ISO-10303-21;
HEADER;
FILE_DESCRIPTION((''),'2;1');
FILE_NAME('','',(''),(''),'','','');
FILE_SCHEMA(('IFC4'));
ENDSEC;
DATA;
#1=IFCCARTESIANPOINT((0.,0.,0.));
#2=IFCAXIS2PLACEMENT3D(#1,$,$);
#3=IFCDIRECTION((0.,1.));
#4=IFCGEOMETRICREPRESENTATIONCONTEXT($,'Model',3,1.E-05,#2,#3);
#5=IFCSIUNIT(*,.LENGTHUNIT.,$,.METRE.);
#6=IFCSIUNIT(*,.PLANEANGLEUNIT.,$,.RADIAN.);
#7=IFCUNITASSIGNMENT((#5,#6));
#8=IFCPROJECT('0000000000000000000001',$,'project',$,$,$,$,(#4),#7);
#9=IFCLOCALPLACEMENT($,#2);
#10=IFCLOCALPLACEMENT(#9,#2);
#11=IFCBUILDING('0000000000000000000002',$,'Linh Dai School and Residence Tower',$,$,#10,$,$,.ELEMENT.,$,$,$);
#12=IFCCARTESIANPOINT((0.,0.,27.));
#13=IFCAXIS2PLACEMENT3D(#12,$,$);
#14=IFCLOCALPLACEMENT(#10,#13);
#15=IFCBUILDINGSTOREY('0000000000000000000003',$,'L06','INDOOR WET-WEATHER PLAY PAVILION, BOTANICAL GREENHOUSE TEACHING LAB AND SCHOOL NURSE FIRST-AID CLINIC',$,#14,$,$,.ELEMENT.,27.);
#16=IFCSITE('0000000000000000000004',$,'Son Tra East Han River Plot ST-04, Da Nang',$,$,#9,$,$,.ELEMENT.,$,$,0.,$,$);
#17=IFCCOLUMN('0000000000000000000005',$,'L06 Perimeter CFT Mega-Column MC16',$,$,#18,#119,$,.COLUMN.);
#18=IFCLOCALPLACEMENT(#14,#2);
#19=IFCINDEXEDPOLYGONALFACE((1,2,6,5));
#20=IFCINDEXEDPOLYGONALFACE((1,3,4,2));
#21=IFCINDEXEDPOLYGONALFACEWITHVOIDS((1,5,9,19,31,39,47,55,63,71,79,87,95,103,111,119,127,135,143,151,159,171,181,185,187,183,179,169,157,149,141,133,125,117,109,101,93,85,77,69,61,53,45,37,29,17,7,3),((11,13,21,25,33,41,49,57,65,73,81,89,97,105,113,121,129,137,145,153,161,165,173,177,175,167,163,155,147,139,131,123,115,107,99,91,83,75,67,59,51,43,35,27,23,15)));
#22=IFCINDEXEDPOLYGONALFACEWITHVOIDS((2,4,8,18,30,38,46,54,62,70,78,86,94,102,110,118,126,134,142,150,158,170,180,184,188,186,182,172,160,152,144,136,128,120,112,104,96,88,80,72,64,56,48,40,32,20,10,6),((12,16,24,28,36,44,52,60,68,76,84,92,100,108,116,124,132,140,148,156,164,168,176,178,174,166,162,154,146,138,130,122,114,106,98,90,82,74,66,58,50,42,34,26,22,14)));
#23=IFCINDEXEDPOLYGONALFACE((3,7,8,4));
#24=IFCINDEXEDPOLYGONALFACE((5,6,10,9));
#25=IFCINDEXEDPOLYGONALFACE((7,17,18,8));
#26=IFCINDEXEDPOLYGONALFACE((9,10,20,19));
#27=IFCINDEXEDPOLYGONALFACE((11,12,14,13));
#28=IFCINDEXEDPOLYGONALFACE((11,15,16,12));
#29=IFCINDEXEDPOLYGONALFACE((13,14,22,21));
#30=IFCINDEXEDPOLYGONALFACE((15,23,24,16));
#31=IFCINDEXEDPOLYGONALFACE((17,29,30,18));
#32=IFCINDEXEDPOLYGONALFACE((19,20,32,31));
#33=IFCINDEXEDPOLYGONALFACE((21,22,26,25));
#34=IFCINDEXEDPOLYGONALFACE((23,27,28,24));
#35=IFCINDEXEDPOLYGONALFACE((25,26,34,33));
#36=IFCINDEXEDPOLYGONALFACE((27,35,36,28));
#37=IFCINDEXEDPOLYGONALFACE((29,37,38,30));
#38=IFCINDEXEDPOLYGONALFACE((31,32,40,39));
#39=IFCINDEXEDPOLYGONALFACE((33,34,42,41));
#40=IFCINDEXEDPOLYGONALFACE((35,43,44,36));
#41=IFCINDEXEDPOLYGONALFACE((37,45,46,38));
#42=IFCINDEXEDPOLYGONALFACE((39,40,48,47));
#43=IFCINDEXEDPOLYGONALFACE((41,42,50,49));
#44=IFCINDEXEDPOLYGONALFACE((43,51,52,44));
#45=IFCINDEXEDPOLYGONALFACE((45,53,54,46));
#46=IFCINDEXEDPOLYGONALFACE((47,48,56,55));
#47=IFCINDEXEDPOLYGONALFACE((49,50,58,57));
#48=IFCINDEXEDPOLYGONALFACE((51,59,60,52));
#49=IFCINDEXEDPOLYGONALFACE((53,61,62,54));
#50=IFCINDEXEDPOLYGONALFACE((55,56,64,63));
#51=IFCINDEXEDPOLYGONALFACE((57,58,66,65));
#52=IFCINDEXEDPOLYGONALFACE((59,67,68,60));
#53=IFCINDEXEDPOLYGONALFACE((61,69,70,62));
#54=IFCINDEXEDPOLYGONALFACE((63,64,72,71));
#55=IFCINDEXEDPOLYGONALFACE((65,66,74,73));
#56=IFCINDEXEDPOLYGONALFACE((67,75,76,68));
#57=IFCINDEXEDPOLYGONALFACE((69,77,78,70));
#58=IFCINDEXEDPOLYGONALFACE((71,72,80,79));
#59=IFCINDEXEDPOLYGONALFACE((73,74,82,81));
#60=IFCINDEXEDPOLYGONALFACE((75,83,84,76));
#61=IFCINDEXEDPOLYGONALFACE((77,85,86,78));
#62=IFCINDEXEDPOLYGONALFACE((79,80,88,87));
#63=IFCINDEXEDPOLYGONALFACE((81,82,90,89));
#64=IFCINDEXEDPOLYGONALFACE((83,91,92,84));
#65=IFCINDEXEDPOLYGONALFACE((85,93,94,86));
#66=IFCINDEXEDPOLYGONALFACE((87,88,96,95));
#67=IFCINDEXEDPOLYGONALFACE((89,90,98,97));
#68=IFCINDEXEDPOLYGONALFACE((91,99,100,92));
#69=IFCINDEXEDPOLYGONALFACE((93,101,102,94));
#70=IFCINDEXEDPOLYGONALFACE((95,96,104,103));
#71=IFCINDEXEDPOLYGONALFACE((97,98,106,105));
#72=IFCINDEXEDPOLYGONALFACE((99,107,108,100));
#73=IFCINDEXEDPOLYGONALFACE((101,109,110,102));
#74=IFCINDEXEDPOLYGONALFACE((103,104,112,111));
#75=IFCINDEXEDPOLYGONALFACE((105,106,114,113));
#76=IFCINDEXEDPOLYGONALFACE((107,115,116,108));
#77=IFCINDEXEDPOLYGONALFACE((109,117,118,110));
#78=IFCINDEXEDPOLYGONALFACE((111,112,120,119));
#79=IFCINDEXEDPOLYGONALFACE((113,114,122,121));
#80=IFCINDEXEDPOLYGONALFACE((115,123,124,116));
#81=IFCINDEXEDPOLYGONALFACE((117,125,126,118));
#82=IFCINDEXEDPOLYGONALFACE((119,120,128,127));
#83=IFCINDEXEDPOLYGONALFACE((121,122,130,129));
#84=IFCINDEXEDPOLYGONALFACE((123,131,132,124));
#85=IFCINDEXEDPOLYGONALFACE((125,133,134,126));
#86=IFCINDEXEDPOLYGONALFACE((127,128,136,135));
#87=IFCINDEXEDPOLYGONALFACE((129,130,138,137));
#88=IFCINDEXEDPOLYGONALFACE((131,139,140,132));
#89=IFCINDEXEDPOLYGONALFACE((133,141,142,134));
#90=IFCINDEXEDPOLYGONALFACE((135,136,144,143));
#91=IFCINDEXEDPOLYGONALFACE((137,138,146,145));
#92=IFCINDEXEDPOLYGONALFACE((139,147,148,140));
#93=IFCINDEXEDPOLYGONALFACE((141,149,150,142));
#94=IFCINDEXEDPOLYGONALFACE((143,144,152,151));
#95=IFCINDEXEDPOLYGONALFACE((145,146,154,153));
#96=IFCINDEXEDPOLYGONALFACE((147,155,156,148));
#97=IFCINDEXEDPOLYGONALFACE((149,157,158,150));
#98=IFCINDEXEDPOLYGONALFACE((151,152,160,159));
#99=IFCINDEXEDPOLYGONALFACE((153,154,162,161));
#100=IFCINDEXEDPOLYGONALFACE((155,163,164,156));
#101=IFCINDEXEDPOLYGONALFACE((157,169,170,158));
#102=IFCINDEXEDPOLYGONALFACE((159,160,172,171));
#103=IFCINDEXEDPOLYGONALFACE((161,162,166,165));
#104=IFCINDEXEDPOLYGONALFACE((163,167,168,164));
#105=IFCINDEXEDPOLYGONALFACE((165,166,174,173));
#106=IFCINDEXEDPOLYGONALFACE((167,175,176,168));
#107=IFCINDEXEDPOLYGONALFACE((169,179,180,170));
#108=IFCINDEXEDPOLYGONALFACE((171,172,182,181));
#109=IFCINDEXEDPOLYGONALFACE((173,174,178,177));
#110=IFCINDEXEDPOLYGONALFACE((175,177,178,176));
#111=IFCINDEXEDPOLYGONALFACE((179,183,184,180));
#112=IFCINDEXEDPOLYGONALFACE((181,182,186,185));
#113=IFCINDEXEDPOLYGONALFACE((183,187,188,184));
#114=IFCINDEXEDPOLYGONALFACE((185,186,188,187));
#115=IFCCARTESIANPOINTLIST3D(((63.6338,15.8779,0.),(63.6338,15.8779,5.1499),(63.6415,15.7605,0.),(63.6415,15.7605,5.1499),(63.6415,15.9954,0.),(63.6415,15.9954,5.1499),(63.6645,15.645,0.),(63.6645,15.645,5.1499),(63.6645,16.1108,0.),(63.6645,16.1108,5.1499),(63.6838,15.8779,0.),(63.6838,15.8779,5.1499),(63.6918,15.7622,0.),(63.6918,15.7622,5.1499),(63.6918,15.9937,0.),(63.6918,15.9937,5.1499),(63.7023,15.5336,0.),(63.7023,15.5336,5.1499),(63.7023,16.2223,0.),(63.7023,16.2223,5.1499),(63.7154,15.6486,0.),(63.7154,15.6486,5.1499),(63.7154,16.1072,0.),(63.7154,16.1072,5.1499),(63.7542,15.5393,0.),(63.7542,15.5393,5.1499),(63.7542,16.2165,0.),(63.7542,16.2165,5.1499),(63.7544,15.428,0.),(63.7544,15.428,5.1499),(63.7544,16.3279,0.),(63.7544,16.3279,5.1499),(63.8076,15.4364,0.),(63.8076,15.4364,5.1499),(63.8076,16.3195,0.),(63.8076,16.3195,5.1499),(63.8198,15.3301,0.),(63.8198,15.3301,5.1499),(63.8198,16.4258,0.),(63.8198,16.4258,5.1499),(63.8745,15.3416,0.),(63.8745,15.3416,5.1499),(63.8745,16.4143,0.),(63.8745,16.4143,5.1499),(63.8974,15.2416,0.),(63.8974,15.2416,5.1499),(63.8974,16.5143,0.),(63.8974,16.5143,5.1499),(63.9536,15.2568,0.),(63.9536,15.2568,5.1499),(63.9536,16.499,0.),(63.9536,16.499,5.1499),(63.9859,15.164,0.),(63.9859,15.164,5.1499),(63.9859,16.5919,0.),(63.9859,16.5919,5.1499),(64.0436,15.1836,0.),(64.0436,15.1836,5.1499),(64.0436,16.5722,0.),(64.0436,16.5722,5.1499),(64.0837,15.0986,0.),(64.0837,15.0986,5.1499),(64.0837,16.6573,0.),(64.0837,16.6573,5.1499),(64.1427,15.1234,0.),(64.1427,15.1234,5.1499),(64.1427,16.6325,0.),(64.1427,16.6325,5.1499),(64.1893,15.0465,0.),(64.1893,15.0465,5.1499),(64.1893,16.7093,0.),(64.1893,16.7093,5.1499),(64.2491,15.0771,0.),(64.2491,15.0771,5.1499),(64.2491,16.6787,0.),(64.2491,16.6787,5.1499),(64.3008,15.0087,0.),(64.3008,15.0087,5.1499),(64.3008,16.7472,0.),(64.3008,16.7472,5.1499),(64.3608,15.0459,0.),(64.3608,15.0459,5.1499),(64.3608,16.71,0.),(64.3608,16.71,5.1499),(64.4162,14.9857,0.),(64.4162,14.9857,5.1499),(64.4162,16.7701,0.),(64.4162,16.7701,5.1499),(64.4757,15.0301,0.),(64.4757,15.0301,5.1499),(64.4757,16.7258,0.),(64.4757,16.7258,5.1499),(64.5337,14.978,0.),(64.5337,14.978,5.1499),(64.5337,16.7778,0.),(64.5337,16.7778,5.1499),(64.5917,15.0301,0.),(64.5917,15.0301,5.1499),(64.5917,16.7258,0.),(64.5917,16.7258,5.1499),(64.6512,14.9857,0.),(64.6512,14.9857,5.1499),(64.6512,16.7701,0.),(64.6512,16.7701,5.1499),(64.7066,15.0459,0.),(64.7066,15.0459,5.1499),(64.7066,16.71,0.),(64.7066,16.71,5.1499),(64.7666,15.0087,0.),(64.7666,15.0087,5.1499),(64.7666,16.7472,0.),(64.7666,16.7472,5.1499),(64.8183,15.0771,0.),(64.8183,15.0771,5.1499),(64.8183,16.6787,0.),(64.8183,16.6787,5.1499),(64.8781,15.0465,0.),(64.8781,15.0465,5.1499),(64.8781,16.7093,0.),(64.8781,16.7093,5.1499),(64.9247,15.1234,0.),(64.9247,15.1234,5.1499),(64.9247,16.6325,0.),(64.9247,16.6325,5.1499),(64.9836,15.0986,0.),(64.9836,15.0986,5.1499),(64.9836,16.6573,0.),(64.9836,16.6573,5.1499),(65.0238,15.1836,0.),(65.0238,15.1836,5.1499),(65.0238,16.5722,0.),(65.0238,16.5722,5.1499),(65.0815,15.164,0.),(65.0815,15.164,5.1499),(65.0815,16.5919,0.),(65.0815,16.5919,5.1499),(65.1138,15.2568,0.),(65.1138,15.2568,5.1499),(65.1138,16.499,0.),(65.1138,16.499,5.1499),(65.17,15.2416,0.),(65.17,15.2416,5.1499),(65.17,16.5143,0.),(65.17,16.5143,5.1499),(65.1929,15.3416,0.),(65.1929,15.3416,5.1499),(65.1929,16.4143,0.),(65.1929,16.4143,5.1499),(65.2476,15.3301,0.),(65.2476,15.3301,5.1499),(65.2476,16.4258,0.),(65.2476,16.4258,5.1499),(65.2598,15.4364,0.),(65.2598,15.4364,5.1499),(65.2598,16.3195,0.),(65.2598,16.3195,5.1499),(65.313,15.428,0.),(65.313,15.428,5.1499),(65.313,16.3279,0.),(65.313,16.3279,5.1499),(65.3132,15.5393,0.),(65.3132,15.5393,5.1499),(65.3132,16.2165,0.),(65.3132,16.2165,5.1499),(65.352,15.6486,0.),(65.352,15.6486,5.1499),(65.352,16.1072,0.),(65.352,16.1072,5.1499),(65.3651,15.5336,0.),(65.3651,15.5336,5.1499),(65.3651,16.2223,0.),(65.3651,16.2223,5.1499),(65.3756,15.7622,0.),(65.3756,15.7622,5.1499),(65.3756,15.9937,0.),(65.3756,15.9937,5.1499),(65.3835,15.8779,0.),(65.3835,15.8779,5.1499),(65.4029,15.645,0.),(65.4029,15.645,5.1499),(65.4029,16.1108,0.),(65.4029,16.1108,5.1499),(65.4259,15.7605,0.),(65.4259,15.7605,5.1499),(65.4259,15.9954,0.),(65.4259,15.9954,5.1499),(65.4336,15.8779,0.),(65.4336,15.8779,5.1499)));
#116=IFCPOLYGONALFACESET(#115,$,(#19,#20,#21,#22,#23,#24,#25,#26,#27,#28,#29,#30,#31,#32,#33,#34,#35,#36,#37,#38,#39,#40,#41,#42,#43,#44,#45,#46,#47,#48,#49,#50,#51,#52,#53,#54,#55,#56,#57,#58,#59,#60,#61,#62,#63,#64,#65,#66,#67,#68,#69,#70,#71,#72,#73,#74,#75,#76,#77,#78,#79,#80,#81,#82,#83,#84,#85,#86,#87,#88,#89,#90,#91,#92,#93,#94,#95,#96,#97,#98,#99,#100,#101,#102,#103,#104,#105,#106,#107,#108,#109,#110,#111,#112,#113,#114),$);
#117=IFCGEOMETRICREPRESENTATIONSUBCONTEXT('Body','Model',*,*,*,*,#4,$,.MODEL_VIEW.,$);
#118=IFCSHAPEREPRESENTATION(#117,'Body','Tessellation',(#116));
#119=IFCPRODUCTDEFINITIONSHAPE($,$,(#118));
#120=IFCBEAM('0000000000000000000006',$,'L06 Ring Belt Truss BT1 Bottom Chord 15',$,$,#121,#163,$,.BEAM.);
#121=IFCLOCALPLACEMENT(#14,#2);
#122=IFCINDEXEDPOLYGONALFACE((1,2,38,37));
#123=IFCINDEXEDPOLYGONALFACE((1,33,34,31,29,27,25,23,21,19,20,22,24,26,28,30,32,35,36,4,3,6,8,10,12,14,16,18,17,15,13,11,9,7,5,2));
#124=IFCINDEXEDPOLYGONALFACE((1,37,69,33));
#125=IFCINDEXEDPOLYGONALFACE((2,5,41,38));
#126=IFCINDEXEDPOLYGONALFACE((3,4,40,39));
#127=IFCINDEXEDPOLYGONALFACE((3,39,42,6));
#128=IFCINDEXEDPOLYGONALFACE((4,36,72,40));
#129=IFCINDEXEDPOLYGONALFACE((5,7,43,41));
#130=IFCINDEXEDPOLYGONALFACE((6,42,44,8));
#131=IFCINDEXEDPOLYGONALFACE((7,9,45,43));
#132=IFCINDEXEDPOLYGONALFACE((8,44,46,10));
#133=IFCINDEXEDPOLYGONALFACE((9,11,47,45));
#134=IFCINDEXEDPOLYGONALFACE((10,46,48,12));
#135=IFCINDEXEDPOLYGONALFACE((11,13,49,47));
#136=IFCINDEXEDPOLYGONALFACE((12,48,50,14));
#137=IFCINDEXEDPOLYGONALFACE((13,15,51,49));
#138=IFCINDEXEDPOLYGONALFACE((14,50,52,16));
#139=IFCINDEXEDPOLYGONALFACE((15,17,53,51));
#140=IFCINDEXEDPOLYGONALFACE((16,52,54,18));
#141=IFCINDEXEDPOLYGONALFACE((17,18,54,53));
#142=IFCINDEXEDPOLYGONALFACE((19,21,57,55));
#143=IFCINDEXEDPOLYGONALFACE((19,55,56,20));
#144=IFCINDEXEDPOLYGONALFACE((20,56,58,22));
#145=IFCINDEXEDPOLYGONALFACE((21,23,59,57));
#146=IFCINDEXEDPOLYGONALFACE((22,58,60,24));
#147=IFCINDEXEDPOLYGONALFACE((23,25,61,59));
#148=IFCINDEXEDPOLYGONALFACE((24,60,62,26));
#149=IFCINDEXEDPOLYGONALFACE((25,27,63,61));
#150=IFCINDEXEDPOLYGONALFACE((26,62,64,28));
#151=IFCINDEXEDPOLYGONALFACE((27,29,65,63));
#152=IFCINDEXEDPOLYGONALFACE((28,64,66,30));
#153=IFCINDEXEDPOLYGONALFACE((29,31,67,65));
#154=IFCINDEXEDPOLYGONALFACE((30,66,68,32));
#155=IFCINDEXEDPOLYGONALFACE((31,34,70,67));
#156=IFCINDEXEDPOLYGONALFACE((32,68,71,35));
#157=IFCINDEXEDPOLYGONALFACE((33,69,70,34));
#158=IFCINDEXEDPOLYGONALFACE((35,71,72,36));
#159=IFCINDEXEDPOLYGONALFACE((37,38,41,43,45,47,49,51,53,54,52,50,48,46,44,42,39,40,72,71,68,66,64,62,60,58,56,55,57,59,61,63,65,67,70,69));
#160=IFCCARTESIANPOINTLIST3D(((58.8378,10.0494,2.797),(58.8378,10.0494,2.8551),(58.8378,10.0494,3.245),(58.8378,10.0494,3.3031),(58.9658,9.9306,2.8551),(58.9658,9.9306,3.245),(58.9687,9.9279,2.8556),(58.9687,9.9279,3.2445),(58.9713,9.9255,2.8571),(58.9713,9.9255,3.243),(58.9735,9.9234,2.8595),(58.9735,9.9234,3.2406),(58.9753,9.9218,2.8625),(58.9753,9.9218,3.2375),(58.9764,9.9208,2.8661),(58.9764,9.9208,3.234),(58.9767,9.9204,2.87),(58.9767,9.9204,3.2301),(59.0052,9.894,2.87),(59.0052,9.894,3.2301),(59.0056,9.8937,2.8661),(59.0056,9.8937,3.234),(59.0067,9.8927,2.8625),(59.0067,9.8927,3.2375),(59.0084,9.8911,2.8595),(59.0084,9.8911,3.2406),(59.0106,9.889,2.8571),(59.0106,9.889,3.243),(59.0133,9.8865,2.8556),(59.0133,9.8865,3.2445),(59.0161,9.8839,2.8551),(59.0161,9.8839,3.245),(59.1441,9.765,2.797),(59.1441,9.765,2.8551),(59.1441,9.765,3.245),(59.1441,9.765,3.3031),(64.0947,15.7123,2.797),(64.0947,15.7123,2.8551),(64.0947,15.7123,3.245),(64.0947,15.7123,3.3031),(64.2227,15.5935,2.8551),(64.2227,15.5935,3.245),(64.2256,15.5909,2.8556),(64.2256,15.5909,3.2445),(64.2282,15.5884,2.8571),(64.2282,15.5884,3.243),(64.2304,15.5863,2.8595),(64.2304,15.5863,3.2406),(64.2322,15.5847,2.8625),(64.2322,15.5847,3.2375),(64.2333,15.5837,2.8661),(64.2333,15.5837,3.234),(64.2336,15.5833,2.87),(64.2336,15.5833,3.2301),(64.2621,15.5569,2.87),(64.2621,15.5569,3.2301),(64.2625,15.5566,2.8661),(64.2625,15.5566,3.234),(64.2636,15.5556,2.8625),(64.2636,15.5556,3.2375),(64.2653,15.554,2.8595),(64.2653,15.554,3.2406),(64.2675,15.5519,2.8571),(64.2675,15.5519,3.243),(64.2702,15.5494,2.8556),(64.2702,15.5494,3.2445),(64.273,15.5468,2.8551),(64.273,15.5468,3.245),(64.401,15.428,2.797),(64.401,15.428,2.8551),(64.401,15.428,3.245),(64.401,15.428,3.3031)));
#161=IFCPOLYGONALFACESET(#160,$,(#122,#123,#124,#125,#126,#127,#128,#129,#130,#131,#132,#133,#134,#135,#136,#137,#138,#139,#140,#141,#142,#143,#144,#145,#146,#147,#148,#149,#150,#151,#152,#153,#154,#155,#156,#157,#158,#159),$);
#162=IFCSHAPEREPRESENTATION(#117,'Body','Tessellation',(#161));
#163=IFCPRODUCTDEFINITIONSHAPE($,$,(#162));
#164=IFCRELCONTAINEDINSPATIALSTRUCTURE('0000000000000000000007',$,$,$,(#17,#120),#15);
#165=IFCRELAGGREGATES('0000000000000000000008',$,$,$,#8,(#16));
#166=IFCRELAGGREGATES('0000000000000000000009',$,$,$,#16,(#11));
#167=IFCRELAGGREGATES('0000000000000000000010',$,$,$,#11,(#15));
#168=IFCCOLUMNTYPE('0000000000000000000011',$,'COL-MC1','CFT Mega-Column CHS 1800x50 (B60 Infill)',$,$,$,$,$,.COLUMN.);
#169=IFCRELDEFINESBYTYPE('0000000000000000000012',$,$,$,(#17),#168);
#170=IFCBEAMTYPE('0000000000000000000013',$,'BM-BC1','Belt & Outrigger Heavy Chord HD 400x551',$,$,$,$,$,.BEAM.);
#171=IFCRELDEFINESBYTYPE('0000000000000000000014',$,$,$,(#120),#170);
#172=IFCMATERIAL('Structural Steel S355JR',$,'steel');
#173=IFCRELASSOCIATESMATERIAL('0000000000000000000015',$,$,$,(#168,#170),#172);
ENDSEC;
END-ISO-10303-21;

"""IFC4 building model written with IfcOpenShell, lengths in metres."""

from ifc_helpers import new_model, si_unit, direction, frame, origin, origin_2d, place, context, subcontext, project, spatial, hollow_circle, i_section, extrude, material, material_profile, profile_set, type_object, element, save


model = new_model("IFC4")

# Units and contexts
model_context = context("Model", 3, precision=1e-05, world=origin(), true_north=direction((0.0, 1.0)))
body_context = subcontext(model_context, "Body", "Model", "MODEL_VIEW")
ifc_project = project(units=[si_unit("LENGTHUNIT", "METRE"), si_unit("PLANEANGLEUNIT", "RADIAN")], contexts=[model_context])

# Site, building, storey
site_placement = place(None, origin())
site = spatial("IfcSite", under=ifc_project, at=site_placement, Name="Son Tra East Han River Plot ST-04, Da Nang", CompositionType="ELEMENT", RefElevation=0.0)
building_placement = place(site_placement, origin())
building = spatial("IfcBuilding", under=site, at=building_placement, Name="Linh Dai School and Residence Tower", CompositionType="ELEMENT")
storey_placement = place(building_placement, frame((0.0, 0.0, 27.0)))
storey = spatial("IfcBuildingStorey", under=building, at=storey_placement, Name="L06", Description="INDOOR WET-WEATHER PLAY PAVILION, BOTANICAL GREENHOUSE TEACHING LAB AND SCHOOL NURSE FIRST-AID CLINIC", CompositionType="ELEMENT", Elevation=27.0)

# Column
ifc_material_1 = material(Name="Structural Steel S355JR", Category="steel")
ifc_material_profile_1 = material_profile(ifc_material_1, hollow_circle(Radius=0.8999, WallThickness=0.05, at=origin_2d()), Name="CHS 1800x50")
ifc_profile_set_1 = profile_set([ifc_material_profile_1], Name="Structural Steel S355JR")
column_type_1 = type_object("IfcColumnType", Name="COL-MC1", Description="CFT Mega-Column CHS 1800x50 (B60 Infill)", PredefinedType="COLUMN", material=ifc_profile_set_1)
for number, where, z_axis, x_axis, name in (
    (1, (64.5337, 15.8779, 0.0), (0.0, 0.0, 1.0), (1.0, 0.0, 0.0), "L06 Perimeter CFT Mega-Column MC16"),
):
    element("IfcColumn", number, at=place(storey_placement, frame(where, z_axis=z_axis, x_axis=x_axis)), inside=storey, type_object=column_type_1, Name=name, PredefinedType="COLUMN", context=body_context, shape_type="SweptSolid", body=[
        extrude(hollow_circle(Radius=0.8999, WallThickness=0.05, at=origin_2d()), origin(), (0.0, 0.0, 1.0), 5.1499),
    ])

# Beam
ifc_material_profile_2 = material_profile(ifc_material_1, i_section(OverallWidth=0.418, OverallDepth=0.5061, WebThickness=0.0388, FlangeThickness=0.0581, FilletRadius=0.0149, at=origin_2d()), Name="HD 400x551")
ifc_profile_set_2 = profile_set([ifc_material_profile_2], Name="Structural Steel S355JR")
beam_type_1 = type_object("IfcBeamType", Name="BM-BC1", Description="Belt & Outrigger Heavy Chord HD 400x551", PredefinedType="BEAM", material=ifc_profile_set_2)
beam_1_placement = place(storey_placement, frame((58.991, 9.9072, 3.05), z_axis=(0.680346, 0.732891, 0.0), x_axis=(-0.732891, 0.680346, 0.0)))
element("IfcBeam", 2, at=beam_1_placement, inside=storey, type_object=beam_type_1, Name="L06 Ring Belt Truss BT1 Bottom Chord 15", PredefinedType="BEAM", context=body_context, shape_type="SweptSolid", body=[
    extrude(i_section(OverallWidth=0.418, OverallDepth=0.5061, WebThickness=0.0388, FlangeThickness=0.0581, FilletRadius=0.0149, at=origin_2d()), origin(), (0.0, 0.0, 1.0), 7.7268),
])

save(model, "model.ifc")
